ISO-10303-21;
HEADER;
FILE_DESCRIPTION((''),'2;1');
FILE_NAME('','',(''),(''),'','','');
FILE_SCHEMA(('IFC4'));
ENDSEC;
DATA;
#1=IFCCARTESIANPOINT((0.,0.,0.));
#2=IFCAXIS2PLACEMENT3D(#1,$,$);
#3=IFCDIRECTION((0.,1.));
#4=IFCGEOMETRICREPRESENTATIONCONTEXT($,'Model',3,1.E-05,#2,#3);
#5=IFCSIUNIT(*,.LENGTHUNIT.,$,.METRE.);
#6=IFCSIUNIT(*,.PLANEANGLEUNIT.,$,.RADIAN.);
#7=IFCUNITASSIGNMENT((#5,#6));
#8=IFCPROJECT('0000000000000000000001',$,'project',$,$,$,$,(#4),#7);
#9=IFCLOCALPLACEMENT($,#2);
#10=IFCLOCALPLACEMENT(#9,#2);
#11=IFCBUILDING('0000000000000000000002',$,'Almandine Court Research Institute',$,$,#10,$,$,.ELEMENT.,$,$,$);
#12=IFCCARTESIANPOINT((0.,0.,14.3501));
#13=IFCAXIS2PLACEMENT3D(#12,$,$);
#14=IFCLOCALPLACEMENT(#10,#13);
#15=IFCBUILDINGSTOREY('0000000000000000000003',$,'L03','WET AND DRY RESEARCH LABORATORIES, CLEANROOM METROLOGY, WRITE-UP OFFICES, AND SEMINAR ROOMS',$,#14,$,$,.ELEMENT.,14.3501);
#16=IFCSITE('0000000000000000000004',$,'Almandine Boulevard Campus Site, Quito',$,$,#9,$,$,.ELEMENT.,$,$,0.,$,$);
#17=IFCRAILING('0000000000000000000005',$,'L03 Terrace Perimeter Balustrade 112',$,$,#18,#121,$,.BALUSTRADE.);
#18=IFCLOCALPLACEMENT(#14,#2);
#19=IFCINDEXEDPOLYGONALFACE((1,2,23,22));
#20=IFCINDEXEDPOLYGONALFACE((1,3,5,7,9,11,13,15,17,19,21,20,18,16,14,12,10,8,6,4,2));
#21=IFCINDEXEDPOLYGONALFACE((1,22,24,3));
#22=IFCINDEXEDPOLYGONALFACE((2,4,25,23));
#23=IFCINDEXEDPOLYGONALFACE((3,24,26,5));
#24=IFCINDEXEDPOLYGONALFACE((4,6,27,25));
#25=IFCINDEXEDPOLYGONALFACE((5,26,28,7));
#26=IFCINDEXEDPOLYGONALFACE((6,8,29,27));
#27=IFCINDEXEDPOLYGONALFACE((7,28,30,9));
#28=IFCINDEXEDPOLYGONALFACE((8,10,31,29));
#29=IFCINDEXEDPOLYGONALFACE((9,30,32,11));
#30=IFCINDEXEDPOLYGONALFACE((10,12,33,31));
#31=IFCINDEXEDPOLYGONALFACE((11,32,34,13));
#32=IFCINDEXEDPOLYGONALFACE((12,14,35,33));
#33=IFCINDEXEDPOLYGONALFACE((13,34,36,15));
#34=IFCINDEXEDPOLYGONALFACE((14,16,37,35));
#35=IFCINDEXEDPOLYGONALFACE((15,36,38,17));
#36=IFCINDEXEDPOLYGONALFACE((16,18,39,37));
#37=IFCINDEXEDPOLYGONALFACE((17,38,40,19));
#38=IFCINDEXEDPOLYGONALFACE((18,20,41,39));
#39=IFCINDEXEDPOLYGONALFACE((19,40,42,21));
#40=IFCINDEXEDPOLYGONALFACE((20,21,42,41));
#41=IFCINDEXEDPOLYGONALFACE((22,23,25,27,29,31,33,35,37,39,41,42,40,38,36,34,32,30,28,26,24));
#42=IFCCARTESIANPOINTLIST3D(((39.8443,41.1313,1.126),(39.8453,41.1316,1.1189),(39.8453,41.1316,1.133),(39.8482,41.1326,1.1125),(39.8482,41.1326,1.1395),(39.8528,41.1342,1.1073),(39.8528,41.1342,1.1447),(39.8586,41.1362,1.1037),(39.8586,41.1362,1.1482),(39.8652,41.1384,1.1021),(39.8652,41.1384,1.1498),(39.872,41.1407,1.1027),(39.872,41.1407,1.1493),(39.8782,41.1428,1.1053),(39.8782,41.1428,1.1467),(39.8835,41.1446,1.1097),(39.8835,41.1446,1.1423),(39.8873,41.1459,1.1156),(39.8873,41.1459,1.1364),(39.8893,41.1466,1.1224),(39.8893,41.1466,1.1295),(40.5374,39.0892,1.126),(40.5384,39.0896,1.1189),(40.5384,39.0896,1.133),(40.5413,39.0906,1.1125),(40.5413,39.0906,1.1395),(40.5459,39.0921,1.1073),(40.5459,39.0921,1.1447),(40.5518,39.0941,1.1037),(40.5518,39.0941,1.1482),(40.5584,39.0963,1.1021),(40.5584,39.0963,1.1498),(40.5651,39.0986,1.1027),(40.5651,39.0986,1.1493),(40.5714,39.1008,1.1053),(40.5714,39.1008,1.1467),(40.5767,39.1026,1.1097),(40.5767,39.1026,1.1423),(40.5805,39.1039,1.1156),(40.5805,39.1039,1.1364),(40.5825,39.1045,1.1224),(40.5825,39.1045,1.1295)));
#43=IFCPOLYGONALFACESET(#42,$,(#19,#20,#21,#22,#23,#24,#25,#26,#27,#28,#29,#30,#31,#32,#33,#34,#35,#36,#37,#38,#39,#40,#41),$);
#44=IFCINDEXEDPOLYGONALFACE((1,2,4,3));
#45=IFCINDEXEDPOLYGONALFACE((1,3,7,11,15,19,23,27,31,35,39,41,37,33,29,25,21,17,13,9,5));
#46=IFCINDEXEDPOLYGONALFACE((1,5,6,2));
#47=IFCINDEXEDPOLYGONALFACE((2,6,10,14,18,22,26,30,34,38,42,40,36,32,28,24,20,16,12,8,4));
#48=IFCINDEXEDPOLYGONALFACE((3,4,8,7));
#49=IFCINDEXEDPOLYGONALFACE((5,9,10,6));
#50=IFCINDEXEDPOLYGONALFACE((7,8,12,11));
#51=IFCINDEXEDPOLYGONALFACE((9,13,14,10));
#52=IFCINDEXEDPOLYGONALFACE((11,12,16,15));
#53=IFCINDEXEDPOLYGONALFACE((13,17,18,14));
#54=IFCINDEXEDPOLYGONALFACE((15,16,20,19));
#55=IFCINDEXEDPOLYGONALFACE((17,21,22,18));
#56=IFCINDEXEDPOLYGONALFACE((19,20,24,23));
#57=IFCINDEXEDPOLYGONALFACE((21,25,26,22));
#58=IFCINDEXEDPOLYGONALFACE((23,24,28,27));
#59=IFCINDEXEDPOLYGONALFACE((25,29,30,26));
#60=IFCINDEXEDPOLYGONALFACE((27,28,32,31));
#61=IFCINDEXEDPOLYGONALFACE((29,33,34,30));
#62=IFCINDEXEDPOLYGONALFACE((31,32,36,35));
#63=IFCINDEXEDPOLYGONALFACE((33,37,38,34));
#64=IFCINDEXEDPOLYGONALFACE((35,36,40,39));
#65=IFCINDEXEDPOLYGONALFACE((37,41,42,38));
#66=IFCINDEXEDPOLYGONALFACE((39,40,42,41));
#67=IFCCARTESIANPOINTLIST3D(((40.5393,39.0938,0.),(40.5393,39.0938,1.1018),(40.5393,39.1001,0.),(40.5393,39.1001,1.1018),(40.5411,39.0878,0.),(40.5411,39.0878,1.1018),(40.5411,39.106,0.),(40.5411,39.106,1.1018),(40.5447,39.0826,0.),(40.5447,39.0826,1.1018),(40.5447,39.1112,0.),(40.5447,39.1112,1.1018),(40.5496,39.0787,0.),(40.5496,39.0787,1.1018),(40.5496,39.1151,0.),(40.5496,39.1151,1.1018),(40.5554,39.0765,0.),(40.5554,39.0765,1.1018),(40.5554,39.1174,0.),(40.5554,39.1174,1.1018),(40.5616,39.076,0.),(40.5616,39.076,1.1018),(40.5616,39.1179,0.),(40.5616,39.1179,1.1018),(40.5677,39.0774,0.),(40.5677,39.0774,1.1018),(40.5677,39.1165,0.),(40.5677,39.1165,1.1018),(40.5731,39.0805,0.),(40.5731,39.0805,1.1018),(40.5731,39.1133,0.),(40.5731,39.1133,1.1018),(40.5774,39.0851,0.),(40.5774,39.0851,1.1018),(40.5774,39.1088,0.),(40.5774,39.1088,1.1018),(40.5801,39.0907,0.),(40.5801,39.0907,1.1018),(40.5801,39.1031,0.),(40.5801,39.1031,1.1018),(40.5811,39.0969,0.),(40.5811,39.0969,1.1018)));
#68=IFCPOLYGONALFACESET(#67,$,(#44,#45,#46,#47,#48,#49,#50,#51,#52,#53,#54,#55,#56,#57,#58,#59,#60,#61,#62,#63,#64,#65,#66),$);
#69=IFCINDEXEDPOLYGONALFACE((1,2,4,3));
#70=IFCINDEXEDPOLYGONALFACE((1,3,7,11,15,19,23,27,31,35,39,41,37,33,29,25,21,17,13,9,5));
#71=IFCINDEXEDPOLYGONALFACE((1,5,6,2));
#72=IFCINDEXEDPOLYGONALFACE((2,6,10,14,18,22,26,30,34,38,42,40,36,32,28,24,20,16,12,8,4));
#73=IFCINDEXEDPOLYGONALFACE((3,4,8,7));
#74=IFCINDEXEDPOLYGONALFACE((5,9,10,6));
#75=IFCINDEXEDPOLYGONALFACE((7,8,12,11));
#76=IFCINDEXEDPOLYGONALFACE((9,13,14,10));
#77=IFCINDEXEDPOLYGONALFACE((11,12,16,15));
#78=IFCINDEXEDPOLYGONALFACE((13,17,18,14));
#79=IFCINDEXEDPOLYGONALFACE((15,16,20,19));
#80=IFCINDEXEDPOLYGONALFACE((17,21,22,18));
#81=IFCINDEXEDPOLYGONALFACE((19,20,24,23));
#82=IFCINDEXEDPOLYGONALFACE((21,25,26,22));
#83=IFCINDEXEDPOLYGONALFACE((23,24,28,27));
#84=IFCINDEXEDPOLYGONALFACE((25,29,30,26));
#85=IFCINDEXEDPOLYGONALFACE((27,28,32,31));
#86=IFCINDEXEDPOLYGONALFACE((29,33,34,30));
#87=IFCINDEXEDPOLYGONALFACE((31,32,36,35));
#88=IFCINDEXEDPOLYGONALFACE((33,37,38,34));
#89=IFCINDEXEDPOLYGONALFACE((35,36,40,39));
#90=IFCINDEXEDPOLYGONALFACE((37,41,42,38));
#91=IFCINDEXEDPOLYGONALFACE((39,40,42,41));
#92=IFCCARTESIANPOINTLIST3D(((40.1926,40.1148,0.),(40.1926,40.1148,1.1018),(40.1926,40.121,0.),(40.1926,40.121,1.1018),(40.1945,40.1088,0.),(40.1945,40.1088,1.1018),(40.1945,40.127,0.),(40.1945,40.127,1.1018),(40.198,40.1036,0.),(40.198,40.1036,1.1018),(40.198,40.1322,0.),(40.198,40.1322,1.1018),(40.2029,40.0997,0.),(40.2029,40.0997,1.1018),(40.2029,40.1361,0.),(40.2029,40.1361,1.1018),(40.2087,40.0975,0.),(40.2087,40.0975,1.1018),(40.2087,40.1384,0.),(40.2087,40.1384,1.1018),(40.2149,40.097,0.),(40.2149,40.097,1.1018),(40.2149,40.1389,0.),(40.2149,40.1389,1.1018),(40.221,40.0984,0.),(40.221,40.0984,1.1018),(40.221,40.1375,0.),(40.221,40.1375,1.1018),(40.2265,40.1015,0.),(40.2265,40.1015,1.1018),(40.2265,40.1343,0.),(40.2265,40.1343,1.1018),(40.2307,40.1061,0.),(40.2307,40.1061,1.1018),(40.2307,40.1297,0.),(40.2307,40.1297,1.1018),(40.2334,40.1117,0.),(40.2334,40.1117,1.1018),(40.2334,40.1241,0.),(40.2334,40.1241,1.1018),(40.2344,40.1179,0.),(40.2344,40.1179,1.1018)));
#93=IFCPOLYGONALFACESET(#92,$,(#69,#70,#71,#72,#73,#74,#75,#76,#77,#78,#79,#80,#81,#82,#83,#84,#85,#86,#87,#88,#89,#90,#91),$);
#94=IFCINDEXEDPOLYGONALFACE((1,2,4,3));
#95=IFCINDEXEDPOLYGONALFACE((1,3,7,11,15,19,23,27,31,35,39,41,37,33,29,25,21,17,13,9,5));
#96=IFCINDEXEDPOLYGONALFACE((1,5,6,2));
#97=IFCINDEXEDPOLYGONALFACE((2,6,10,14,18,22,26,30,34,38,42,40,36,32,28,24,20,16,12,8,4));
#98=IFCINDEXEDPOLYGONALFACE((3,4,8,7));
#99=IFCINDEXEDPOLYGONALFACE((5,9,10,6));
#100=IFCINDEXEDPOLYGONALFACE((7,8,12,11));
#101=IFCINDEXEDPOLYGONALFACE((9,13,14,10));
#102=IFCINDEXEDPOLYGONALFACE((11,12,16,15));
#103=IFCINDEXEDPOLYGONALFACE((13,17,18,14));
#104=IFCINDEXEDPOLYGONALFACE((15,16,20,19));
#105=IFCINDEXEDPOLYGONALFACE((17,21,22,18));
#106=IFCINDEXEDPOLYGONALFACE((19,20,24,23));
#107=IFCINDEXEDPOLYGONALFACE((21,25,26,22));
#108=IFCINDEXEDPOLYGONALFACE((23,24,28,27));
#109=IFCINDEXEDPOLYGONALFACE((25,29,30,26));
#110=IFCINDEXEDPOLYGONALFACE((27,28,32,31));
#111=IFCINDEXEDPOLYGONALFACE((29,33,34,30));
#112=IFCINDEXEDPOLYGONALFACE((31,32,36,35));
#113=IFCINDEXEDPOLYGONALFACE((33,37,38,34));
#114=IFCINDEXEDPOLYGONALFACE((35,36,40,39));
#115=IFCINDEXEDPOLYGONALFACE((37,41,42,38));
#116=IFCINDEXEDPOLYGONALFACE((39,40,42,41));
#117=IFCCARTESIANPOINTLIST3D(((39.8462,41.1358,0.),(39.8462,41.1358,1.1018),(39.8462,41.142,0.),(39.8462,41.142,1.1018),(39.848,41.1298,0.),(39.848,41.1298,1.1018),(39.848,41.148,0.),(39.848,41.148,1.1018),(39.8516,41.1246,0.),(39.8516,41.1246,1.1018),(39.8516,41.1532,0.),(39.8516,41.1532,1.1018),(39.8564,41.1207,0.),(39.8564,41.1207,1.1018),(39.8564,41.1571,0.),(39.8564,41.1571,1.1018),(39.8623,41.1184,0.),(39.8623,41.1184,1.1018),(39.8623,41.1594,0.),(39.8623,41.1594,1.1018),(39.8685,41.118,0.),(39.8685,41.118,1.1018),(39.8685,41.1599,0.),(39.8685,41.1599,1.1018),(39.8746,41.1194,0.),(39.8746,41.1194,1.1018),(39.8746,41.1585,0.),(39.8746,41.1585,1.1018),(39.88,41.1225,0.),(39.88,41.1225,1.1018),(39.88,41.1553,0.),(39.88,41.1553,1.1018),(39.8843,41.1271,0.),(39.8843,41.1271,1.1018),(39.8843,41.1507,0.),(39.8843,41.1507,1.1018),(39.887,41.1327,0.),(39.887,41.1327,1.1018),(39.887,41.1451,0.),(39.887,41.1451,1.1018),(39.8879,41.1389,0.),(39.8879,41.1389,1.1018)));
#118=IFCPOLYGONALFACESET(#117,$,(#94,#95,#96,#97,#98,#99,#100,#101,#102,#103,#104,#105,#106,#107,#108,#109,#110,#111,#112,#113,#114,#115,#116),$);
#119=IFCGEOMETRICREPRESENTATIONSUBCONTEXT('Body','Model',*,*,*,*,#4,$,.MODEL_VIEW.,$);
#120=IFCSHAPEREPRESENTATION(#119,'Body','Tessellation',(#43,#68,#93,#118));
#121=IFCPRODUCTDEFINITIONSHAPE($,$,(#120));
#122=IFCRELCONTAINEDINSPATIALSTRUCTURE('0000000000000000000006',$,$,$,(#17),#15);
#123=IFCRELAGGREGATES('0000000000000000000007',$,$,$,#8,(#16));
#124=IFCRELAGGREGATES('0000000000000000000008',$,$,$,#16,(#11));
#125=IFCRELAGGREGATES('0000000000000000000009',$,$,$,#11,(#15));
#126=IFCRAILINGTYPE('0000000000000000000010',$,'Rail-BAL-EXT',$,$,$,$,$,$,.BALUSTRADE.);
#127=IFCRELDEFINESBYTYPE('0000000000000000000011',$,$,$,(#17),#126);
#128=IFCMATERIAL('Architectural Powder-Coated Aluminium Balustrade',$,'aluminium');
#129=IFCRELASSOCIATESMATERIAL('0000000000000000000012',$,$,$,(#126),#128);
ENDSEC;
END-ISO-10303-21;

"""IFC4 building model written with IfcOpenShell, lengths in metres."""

from ifc_helpers import new_model, si_unit, direction, frame, origin, origin_2d, place, context, subcontext, project, spatial, circle, extrude, material, type_object, element, save


model = new_model("IFC4")

# Units and contexts
model_context = context("Model", 3, precision=1e-05, world=origin(), true_north=direction((0.0, 1.0)))
body_context = subcontext(model_context, "Body", "Model", "MODEL_VIEW")
ifc_project = project(units=[si_unit("LENGTHUNIT", "METRE"), si_unit("PLANEANGLEUNIT", "RADIAN")], contexts=[model_context])

# Site, building, storey
site_placement = place(None, origin())
site = spatial("IfcSite", under=ifc_project, at=site_placement, Name="Almandine Boulevard Campus Site, Quito", CompositionType="ELEMENT", RefElevation=0.0)
building_placement = place(site_placement, origin())
building = spatial("IfcBuilding", under=site, at=building_placement, Name="Almandine Court Research Institute", CompositionType="ELEMENT")
storey_placement = place(building_placement, frame((0.0, 0.0, 14.3501)))
storey = spatial("IfcBuildingStorey", under=building, at=storey_placement, Name="L03", Description="WET AND DRY RESEARCH LABORATORIES, CLEANROOM METROLOGY, WRITE-UP OFFICES, AND SEMINAR ROOMS", CompositionType="ELEMENT", Elevation=14.3501)

# Railing
ifc_material_1 = material(Name="Architectural Powder-Coated Aluminium Balustrade", Category="aluminium")
railing_type = type_object("IfcRailingType", Name="Rail-BAL-EXT", PredefinedType="BALUSTRADE", material=ifc_material_1)
railing_1_placement = place(storey_placement, frame((40.5601, 39.0969, 0.0)))
element("IfcRailing", 1, at=railing_1_placement, inside=storey, type_object=railing_type, Name="L03 Terrace Perimeter Balustrade 112", PredefinedType="BALUSTRADE", context=body_context, shape_type="SweptSolid", body=[
    extrude(circle(Radius=0.0239, at=origin_2d()), frame((0.0, 0.0, 1.126), z_axis=(-0.32142, 0.946937, 0.0), x_axis=(-0.946937, -0.32142, 0.0)), (0.0, 0.0, 1.0), 2.1565),
    extrude(circle(Radius=0.021, at=origin_2d()), origin(), (0.0, 0.0, 1.0), 1.1018),
    extrude(circle(Radius=0.021, at=origin_2d()), frame((-0.3467, 1.021, 0.0)), (0.0, 0.0, 1.0), 1.1018),
    extrude(circle(Radius=0.021, at=origin_2d()), frame((-0.6931, 2.042, 0.0)), (0.0, 0.0, 1.0), 1.1018),
])

save(model, "model.ifc")
